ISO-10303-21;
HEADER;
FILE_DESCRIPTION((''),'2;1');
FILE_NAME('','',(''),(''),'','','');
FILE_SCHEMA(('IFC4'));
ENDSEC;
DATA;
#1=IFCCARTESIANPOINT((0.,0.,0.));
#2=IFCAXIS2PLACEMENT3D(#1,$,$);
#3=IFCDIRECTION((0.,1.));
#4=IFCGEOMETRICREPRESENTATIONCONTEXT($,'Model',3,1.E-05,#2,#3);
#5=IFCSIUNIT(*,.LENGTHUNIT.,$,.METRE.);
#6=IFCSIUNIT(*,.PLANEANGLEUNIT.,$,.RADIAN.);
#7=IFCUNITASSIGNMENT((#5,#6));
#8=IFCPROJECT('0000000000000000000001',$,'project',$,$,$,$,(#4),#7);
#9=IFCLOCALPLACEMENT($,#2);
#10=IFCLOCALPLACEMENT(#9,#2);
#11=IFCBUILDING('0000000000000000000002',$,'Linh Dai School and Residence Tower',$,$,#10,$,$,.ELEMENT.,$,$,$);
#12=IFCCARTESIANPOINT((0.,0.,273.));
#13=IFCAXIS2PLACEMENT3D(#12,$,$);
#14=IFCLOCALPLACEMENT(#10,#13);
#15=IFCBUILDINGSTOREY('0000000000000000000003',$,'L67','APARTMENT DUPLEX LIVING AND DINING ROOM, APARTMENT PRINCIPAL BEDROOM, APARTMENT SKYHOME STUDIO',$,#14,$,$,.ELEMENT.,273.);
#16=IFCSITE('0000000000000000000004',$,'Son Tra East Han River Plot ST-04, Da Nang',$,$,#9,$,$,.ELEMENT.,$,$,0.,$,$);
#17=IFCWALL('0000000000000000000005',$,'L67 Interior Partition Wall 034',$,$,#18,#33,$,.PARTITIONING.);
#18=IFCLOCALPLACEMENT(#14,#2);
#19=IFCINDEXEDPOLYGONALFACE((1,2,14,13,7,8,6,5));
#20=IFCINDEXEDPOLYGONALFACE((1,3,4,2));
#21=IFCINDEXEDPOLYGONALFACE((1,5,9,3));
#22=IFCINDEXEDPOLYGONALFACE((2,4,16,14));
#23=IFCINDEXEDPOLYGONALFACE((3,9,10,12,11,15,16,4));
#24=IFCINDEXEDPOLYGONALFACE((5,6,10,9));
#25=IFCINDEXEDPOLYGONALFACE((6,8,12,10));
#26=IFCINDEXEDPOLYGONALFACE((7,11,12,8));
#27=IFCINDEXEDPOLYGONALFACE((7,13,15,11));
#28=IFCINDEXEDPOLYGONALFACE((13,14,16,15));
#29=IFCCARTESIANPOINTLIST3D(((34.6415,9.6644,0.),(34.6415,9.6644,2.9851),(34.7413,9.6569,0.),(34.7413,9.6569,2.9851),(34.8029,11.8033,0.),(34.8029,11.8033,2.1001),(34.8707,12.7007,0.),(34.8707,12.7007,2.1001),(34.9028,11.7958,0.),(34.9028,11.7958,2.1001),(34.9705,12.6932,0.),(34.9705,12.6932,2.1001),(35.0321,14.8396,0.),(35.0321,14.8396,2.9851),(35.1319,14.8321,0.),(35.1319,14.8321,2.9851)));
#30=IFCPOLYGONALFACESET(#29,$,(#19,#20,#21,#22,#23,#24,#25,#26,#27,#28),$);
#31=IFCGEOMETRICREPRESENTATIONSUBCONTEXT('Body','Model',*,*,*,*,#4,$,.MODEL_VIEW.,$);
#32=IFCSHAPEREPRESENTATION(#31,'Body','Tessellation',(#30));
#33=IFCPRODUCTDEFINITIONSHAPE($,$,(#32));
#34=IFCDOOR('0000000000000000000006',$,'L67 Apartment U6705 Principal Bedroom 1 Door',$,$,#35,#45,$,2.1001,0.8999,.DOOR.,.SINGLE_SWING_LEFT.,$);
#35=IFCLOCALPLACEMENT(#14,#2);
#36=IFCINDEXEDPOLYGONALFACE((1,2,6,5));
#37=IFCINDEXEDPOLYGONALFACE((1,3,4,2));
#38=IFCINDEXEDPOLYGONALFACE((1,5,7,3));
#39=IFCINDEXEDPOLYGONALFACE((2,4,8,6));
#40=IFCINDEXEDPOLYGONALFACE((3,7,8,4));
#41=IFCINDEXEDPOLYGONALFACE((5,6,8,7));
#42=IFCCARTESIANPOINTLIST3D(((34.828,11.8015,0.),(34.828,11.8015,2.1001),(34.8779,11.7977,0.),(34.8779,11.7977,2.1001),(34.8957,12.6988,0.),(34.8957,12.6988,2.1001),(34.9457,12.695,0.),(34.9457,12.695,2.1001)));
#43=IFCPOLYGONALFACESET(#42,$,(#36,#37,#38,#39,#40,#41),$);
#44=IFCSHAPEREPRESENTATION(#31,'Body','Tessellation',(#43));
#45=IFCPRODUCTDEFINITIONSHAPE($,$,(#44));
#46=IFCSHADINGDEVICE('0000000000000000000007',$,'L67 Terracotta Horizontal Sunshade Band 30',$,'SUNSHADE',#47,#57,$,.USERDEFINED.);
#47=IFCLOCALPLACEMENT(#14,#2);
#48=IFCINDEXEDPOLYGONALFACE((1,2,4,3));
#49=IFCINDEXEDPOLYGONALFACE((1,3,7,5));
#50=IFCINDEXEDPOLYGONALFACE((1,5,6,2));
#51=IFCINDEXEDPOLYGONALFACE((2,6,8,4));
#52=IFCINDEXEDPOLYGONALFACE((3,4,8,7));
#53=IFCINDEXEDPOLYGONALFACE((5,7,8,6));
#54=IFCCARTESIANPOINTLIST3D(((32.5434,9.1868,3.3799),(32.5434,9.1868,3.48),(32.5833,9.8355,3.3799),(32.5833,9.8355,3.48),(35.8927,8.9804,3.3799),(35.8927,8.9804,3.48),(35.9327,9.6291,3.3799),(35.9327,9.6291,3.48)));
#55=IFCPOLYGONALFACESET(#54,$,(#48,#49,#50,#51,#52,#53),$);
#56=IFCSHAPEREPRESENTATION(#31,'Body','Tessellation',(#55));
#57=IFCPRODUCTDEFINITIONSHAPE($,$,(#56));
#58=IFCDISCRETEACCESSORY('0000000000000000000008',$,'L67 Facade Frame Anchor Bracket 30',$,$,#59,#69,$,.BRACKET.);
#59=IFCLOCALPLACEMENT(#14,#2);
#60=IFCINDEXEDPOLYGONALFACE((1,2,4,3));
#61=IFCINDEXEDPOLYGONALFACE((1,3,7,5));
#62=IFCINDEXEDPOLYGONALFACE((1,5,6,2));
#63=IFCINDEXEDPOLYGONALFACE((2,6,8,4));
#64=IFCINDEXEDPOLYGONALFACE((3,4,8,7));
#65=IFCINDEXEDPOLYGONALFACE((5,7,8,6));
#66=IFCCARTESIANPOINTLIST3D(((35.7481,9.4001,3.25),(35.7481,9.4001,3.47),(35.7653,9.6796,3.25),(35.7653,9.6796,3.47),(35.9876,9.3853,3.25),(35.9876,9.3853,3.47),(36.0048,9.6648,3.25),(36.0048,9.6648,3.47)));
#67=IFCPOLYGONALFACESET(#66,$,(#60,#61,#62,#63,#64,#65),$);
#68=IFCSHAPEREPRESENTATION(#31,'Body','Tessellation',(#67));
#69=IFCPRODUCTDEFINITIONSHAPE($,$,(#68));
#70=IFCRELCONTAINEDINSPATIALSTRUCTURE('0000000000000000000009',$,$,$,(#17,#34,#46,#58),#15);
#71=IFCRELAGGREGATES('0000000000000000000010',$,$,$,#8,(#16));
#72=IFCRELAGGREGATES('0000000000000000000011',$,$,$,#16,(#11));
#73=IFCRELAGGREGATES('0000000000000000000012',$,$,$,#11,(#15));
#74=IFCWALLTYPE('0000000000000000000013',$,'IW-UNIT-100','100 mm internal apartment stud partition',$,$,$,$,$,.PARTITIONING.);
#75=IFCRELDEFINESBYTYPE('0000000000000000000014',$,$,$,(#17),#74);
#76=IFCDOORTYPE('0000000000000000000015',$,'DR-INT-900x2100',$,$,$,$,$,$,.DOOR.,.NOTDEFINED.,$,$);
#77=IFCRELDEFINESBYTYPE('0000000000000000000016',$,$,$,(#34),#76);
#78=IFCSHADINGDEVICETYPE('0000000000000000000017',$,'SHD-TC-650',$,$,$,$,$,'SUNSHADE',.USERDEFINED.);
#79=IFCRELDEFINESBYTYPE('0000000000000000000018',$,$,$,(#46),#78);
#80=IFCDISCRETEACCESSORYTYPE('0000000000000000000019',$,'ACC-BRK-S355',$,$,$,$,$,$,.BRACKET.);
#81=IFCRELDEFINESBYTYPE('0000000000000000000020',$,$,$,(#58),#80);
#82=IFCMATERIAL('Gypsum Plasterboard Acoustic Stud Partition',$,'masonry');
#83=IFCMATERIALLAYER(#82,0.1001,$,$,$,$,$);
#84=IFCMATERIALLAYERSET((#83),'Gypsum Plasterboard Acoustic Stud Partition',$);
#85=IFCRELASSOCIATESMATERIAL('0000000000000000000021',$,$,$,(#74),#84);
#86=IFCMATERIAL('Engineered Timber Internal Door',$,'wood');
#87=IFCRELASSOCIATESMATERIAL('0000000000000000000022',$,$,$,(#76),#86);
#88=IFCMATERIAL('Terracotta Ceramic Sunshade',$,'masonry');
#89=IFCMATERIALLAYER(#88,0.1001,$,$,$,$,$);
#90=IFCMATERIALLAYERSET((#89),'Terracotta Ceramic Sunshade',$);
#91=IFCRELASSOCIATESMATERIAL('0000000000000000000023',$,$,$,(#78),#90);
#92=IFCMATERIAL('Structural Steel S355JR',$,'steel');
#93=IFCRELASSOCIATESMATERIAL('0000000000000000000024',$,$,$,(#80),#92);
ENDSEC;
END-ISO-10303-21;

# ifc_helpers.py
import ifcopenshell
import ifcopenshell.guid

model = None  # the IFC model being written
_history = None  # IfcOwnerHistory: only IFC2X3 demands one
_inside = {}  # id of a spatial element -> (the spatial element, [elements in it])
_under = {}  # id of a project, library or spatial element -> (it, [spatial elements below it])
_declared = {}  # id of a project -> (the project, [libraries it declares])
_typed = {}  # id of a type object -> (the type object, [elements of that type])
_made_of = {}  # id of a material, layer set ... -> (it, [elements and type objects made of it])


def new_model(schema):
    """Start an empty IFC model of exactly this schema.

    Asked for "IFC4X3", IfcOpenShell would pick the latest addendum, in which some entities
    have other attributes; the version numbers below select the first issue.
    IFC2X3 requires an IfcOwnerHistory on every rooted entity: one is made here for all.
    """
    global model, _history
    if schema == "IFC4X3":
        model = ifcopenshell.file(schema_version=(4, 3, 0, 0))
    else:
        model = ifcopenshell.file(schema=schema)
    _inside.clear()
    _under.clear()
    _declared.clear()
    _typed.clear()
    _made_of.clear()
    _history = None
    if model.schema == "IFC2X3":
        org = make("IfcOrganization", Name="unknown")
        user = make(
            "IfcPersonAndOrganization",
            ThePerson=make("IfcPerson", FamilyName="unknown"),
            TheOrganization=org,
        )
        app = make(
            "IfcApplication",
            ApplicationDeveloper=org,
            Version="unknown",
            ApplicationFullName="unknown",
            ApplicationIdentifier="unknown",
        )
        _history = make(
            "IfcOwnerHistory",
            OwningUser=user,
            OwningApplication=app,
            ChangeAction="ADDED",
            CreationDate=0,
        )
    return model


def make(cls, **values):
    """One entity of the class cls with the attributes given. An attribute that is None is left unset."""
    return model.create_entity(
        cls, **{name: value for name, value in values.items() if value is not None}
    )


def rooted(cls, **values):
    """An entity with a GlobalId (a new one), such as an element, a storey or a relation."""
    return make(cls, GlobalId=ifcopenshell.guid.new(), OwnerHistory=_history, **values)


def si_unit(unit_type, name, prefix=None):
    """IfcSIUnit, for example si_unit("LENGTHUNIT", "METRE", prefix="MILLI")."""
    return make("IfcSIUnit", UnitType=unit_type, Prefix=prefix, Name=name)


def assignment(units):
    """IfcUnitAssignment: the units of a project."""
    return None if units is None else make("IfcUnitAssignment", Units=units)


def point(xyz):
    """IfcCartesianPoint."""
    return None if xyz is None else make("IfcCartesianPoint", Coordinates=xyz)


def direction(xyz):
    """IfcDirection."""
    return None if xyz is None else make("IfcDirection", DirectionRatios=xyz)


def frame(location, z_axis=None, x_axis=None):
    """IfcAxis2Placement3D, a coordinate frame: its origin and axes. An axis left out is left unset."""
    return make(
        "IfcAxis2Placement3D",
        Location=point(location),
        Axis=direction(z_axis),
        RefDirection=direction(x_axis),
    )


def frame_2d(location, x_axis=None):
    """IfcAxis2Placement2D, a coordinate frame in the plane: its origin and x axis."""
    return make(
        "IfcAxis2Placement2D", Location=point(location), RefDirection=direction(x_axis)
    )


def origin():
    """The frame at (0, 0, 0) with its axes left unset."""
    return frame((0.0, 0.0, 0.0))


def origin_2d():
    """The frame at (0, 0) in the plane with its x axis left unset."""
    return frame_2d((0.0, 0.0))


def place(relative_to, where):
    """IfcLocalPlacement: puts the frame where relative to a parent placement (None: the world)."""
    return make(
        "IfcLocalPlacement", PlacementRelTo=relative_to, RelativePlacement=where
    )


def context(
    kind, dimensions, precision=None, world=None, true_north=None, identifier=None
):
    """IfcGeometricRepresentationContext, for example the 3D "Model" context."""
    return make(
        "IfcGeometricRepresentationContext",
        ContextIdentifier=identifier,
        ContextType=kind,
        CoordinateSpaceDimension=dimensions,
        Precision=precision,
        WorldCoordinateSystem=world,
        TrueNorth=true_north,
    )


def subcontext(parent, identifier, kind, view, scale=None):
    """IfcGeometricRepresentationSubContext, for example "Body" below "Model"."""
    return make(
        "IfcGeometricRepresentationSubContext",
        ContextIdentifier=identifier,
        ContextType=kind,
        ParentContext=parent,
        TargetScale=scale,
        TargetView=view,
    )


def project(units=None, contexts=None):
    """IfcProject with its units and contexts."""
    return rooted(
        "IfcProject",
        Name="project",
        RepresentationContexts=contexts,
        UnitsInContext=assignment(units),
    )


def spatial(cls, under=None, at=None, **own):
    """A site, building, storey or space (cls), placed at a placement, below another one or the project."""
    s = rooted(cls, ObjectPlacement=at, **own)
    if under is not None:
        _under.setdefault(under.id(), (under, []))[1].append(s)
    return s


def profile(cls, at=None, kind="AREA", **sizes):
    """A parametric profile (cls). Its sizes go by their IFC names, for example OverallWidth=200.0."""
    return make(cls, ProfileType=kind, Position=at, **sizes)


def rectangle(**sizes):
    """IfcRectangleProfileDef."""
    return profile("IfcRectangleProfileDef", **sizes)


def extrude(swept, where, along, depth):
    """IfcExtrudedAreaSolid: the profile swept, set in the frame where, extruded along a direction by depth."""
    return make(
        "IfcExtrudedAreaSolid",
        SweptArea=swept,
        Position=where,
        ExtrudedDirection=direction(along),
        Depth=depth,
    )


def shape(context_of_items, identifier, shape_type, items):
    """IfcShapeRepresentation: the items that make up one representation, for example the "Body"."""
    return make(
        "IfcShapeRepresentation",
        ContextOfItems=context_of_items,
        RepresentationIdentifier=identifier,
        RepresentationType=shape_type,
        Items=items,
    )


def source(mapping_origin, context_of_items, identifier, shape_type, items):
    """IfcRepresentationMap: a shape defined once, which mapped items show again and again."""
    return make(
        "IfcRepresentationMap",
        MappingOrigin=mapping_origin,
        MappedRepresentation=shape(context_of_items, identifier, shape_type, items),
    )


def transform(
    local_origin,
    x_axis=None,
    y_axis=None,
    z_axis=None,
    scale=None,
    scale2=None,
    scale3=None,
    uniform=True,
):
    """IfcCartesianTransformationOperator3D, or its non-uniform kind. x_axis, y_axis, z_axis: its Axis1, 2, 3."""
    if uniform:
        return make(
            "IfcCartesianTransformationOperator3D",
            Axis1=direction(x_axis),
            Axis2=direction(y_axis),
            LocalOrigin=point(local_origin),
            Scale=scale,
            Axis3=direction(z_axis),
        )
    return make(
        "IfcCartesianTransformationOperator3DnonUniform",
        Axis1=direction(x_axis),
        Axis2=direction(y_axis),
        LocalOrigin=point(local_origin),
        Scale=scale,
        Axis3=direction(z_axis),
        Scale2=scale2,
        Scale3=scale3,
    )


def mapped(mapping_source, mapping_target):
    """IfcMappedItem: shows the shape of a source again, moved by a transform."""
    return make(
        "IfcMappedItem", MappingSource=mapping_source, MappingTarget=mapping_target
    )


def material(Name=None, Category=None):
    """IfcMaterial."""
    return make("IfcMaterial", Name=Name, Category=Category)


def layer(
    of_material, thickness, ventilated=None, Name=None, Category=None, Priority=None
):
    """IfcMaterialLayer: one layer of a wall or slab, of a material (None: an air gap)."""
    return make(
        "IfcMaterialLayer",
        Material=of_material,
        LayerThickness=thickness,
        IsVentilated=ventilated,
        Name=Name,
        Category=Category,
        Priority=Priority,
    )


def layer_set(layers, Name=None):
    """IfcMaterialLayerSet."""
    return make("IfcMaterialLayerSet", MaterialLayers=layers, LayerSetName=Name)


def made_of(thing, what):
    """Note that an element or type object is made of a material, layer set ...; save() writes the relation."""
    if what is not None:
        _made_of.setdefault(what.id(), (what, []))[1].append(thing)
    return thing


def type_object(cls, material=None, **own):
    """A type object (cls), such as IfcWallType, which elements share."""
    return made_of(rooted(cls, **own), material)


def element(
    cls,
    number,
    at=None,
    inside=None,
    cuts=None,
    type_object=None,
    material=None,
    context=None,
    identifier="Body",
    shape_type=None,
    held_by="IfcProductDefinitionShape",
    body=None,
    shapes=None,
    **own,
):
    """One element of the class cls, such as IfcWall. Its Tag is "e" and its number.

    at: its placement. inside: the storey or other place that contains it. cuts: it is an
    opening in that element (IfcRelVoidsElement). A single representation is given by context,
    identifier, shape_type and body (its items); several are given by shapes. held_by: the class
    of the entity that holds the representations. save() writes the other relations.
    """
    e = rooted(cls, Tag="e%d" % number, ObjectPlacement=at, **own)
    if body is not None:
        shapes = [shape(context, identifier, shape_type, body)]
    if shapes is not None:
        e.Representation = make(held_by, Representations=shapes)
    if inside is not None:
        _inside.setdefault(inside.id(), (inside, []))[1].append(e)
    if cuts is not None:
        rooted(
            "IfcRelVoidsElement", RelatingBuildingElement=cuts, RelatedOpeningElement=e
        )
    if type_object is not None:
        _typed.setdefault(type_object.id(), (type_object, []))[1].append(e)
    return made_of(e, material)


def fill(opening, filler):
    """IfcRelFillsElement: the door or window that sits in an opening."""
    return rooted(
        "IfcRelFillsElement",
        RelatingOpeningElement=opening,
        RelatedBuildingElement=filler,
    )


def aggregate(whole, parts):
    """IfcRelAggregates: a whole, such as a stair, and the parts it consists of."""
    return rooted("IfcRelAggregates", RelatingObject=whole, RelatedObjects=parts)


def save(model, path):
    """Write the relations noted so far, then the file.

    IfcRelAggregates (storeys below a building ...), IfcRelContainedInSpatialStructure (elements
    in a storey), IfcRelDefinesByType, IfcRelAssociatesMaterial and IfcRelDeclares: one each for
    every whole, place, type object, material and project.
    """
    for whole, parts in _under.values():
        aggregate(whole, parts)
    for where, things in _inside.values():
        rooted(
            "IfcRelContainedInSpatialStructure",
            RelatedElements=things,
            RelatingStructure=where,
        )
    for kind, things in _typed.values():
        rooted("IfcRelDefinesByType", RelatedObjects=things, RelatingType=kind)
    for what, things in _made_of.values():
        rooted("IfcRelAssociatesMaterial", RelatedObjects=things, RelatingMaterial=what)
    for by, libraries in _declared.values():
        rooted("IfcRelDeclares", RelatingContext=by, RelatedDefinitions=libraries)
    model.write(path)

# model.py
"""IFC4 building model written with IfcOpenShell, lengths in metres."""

from ifc_helpers import new_model, si_unit, direction, frame, frame_2d, origin, origin_2d, place, context, subcontext, project, spatial, rectangle, extrude, source, transform, mapped, material, layer, layer_set, type_object, element, fill, save


model = new_model("IFC4")

# Units and contexts
model_context = context("Model", 3, precision=1e-05, world=origin(), true_north=direction((0.0, 1.0)))
body_context = subcontext(model_context, "Body", "Model", "MODEL_VIEW")
ifc_project = project(units=[si_unit("LENGTHUNIT", "METRE"), si_unit("PLANEANGLEUNIT", "RADIAN")], contexts=[model_context])

# Site, building, storey
site_placement = place(None, origin())
site = spatial("IfcSite", under=ifc_project, at=site_placement, Name="Son Tra East Han River Plot ST-04, Da Nang", CompositionType="ELEMENT", RefElevation=0.0)
building_placement = place(site_placement, origin())
building = spatial("IfcBuilding", under=site, at=building_placement, Name="Linh Dai School and Residence Tower", CompositionType="ELEMENT")
storey_placement = place(building_placement, frame((0.0, 0.0, 273.0)))
storey = spatial("IfcBuildingStorey", under=building, at=storey_placement, Name="L67", Description="APARTMENT DUPLEX LIVING AND DINING ROOM, APARTMENT PRINCIPAL BEDROOM, APARTMENT SKYHOME STUDIO", CompositionType="ELEMENT", Elevation=273.0)

# Shared definitions
ifc_material_1 = material(Name="Structural Steel S355JR", Category="steel")

# Shared definitions
ifc_material_2 = material(Name="Gypsum Plasterboard Acoustic Stud Partition", Category="masonry")
ifc_layer_1 = layer(ifc_material_2, 0.1001)
ifc_layer_set_1 = layer_set([ifc_layer_1], Name="Gypsum Plasterboard Acoustic Stud Partition")
wall_type_1 = type_object("IfcWallType", Name="IW-UNIT-100", Description="100 mm internal apartment stud partition", PredefinedType="PARTITIONING", material=ifc_layer_set_1)

# Wall, opening, door
ifc_material_3 = material(Name="Engineered Timber Internal Door", Category="wood")
door_type_1 = type_object("IfcDoorType", Name="DR-INT-900x2100", OperationType="NOTDEFINED", PredefinedType="DOOR", material=ifc_material_3)
shared_shape_1 = source(origin(), body_context, "Body", "SweptSolid", [
    extrude(rectangle(XDim=0.8999, YDim=2.1001, at=origin_2d()), frame((0.45, 0.0249, 1.05), z_axis=(0.0, -1.0, 0.0), x_axis=(1.0, 0.0, 0.0)), (0.0, 0.0, 1.0), 0.05),
])
wall_1_placement = place(storey_placement, frame((34.6914, 9.6606, 0.0), z_axis=(0.0, 0.0, 1.0), x_axis=(0.075265, 0.997164, 0.0)))
wall_1 = element("IfcWall", 1, at=wall_1_placement, inside=storey, type_object=wall_type_1, Name="L67 Interior Partition Wall 034", PredefinedType="PARTITIONING", context=body_context, shape_type="SweptSolid", body=[
    extrude(rectangle(XDim=5.1899, YDim=0.1001, at=frame_2d((2.595, 0.0))), origin(), (0.0, 0.0, 1.0), 2.9851),
])
opening_1_placement = place(wall_1_placement, frame((2.145, 0.0, 0.0)))
opening_1 = element("IfcOpeningElement", 2, at=opening_1_placement, cuts=wall_1, PredefinedType="OPENING", context=body_context, shape_type="SweptSolid", body=[
    extrude(rectangle(XDim=0.8999, YDim=2.1001, at=origin_2d()), frame((0.45, 0.0601, 1.05), z_axis=(0.0, -1.0, 0.0), x_axis=(1.0, 0.0, 0.0)), (0.0, 0.0, 1.0), 0.1201),
])
door_1_placement = place(opening_1_placement, origin())
door_1 = element("IfcDoor", 3, at=door_1_placement, inside=storey, type_object=door_type_1, Name="L67 Apartment U6705 Principal Bedroom 1 Door", OperationType="SINGLE_SWING_LEFT", OverallHeight=2.1001, OverallWidth=0.8999, PredefinedType="DOOR", context=body_context, shape_type="MappedRepresentation", body=[
    mapped(shared_shape_1, transform((0.0, 0.0, 0.0), x_axis=(1.0, 0.0, 0.0), y_axis=(0.0, 1.0, 0.0), z_axis=(0.0, 0.0, 1.0), scale=1.0)),
])
fill(opening_1, door_1)

# Shading device
ifc_material_4 = material(Name="Terracotta Ceramic Sunshade", Category="masonry")
ifc_layer_2 = layer(ifc_material_4, 0.1001)
ifc_layer_set_2 = layer_set([ifc_layer_2], Name="Terracotta Ceramic Sunshade")
shading_device_type = type_object("IfcShadingDeviceType", Name="SHD-TC-650", ElementType="SUNSHADE", PredefinedType="USERDEFINED", material=ifc_layer_set_2)
shared_shape_2 = source(origin(), body_context, "Body", "SweptSolid", [
    extrude(rectangle(XDim=3.3557, YDim=0.6499, at=origin_2d()), origin(), (0.0, 0.0, 1.0), 0.1001),
])
shading_device_placement = place(storey_placement, frame((34.238, 9.408, 3.3799), z_axis=(0.0, 0.0, 1.0), x_axis=(-0.998106, 0.06151, 0.0)))
element("IfcShadingDevice", 4, at=shading_device_placement, inside=storey, type_object=shading_device_type, Name="L67 Terracotta Horizontal Sunshade Band 30", ObjectType="SUNSHADE", PredefinedType="USERDEFINED", context=body_context, shape_type="MappedRepresentation", body=[
    mapped(shared_shape_2, transform((0.0, 0.0, 0.0), x_axis=(1.0, 0.0, 0.0), y_axis=(0.0, 1.0, 0.0), z_axis=(0.0, 0.0, 1.0), scale=1.0)),
])

# Discrete accessory
discrete_accessory_type = type_object("IfcDiscreteAccessoryType", Name="ACC-BRK-S355", PredefinedType="BRACKET", material=ifc_material_1)
shared_shape_3 = source(origin(), body_context, "Body", "SweptSolid", [
    extrude(rectangle(XDim=0.28, YDim=0.24, at=origin_2d()), origin(), (0.0, 0.0, 1.0), 0.22),
])
discrete_accessory_placement = place(storey_placement, frame((35.8765, 9.5325, 3.25), z_axis=(0.0, 0.0, 1.0), x_axis=(-0.06151, -0.998106, 0.0)))
element("IfcDiscreteAccessory", 5, at=discrete_accessory_placement, inside=storey, type_object=discrete_accessory_type, Name="L67 Facade Frame Anchor Bracket 30", PredefinedType="BRACKET", context=body_context, shape_type="MappedRepresentation", body=[
    mapped(shared_shape_3, transform((0.0, 0.0, 0.0), x_axis=(1.0, 0.0, 0.0), y_axis=(0.0, 1.0, 0.0), z_axis=(0.0, 0.0, 1.0), scale=1.0)),
])

save(model, "model.ifc")
